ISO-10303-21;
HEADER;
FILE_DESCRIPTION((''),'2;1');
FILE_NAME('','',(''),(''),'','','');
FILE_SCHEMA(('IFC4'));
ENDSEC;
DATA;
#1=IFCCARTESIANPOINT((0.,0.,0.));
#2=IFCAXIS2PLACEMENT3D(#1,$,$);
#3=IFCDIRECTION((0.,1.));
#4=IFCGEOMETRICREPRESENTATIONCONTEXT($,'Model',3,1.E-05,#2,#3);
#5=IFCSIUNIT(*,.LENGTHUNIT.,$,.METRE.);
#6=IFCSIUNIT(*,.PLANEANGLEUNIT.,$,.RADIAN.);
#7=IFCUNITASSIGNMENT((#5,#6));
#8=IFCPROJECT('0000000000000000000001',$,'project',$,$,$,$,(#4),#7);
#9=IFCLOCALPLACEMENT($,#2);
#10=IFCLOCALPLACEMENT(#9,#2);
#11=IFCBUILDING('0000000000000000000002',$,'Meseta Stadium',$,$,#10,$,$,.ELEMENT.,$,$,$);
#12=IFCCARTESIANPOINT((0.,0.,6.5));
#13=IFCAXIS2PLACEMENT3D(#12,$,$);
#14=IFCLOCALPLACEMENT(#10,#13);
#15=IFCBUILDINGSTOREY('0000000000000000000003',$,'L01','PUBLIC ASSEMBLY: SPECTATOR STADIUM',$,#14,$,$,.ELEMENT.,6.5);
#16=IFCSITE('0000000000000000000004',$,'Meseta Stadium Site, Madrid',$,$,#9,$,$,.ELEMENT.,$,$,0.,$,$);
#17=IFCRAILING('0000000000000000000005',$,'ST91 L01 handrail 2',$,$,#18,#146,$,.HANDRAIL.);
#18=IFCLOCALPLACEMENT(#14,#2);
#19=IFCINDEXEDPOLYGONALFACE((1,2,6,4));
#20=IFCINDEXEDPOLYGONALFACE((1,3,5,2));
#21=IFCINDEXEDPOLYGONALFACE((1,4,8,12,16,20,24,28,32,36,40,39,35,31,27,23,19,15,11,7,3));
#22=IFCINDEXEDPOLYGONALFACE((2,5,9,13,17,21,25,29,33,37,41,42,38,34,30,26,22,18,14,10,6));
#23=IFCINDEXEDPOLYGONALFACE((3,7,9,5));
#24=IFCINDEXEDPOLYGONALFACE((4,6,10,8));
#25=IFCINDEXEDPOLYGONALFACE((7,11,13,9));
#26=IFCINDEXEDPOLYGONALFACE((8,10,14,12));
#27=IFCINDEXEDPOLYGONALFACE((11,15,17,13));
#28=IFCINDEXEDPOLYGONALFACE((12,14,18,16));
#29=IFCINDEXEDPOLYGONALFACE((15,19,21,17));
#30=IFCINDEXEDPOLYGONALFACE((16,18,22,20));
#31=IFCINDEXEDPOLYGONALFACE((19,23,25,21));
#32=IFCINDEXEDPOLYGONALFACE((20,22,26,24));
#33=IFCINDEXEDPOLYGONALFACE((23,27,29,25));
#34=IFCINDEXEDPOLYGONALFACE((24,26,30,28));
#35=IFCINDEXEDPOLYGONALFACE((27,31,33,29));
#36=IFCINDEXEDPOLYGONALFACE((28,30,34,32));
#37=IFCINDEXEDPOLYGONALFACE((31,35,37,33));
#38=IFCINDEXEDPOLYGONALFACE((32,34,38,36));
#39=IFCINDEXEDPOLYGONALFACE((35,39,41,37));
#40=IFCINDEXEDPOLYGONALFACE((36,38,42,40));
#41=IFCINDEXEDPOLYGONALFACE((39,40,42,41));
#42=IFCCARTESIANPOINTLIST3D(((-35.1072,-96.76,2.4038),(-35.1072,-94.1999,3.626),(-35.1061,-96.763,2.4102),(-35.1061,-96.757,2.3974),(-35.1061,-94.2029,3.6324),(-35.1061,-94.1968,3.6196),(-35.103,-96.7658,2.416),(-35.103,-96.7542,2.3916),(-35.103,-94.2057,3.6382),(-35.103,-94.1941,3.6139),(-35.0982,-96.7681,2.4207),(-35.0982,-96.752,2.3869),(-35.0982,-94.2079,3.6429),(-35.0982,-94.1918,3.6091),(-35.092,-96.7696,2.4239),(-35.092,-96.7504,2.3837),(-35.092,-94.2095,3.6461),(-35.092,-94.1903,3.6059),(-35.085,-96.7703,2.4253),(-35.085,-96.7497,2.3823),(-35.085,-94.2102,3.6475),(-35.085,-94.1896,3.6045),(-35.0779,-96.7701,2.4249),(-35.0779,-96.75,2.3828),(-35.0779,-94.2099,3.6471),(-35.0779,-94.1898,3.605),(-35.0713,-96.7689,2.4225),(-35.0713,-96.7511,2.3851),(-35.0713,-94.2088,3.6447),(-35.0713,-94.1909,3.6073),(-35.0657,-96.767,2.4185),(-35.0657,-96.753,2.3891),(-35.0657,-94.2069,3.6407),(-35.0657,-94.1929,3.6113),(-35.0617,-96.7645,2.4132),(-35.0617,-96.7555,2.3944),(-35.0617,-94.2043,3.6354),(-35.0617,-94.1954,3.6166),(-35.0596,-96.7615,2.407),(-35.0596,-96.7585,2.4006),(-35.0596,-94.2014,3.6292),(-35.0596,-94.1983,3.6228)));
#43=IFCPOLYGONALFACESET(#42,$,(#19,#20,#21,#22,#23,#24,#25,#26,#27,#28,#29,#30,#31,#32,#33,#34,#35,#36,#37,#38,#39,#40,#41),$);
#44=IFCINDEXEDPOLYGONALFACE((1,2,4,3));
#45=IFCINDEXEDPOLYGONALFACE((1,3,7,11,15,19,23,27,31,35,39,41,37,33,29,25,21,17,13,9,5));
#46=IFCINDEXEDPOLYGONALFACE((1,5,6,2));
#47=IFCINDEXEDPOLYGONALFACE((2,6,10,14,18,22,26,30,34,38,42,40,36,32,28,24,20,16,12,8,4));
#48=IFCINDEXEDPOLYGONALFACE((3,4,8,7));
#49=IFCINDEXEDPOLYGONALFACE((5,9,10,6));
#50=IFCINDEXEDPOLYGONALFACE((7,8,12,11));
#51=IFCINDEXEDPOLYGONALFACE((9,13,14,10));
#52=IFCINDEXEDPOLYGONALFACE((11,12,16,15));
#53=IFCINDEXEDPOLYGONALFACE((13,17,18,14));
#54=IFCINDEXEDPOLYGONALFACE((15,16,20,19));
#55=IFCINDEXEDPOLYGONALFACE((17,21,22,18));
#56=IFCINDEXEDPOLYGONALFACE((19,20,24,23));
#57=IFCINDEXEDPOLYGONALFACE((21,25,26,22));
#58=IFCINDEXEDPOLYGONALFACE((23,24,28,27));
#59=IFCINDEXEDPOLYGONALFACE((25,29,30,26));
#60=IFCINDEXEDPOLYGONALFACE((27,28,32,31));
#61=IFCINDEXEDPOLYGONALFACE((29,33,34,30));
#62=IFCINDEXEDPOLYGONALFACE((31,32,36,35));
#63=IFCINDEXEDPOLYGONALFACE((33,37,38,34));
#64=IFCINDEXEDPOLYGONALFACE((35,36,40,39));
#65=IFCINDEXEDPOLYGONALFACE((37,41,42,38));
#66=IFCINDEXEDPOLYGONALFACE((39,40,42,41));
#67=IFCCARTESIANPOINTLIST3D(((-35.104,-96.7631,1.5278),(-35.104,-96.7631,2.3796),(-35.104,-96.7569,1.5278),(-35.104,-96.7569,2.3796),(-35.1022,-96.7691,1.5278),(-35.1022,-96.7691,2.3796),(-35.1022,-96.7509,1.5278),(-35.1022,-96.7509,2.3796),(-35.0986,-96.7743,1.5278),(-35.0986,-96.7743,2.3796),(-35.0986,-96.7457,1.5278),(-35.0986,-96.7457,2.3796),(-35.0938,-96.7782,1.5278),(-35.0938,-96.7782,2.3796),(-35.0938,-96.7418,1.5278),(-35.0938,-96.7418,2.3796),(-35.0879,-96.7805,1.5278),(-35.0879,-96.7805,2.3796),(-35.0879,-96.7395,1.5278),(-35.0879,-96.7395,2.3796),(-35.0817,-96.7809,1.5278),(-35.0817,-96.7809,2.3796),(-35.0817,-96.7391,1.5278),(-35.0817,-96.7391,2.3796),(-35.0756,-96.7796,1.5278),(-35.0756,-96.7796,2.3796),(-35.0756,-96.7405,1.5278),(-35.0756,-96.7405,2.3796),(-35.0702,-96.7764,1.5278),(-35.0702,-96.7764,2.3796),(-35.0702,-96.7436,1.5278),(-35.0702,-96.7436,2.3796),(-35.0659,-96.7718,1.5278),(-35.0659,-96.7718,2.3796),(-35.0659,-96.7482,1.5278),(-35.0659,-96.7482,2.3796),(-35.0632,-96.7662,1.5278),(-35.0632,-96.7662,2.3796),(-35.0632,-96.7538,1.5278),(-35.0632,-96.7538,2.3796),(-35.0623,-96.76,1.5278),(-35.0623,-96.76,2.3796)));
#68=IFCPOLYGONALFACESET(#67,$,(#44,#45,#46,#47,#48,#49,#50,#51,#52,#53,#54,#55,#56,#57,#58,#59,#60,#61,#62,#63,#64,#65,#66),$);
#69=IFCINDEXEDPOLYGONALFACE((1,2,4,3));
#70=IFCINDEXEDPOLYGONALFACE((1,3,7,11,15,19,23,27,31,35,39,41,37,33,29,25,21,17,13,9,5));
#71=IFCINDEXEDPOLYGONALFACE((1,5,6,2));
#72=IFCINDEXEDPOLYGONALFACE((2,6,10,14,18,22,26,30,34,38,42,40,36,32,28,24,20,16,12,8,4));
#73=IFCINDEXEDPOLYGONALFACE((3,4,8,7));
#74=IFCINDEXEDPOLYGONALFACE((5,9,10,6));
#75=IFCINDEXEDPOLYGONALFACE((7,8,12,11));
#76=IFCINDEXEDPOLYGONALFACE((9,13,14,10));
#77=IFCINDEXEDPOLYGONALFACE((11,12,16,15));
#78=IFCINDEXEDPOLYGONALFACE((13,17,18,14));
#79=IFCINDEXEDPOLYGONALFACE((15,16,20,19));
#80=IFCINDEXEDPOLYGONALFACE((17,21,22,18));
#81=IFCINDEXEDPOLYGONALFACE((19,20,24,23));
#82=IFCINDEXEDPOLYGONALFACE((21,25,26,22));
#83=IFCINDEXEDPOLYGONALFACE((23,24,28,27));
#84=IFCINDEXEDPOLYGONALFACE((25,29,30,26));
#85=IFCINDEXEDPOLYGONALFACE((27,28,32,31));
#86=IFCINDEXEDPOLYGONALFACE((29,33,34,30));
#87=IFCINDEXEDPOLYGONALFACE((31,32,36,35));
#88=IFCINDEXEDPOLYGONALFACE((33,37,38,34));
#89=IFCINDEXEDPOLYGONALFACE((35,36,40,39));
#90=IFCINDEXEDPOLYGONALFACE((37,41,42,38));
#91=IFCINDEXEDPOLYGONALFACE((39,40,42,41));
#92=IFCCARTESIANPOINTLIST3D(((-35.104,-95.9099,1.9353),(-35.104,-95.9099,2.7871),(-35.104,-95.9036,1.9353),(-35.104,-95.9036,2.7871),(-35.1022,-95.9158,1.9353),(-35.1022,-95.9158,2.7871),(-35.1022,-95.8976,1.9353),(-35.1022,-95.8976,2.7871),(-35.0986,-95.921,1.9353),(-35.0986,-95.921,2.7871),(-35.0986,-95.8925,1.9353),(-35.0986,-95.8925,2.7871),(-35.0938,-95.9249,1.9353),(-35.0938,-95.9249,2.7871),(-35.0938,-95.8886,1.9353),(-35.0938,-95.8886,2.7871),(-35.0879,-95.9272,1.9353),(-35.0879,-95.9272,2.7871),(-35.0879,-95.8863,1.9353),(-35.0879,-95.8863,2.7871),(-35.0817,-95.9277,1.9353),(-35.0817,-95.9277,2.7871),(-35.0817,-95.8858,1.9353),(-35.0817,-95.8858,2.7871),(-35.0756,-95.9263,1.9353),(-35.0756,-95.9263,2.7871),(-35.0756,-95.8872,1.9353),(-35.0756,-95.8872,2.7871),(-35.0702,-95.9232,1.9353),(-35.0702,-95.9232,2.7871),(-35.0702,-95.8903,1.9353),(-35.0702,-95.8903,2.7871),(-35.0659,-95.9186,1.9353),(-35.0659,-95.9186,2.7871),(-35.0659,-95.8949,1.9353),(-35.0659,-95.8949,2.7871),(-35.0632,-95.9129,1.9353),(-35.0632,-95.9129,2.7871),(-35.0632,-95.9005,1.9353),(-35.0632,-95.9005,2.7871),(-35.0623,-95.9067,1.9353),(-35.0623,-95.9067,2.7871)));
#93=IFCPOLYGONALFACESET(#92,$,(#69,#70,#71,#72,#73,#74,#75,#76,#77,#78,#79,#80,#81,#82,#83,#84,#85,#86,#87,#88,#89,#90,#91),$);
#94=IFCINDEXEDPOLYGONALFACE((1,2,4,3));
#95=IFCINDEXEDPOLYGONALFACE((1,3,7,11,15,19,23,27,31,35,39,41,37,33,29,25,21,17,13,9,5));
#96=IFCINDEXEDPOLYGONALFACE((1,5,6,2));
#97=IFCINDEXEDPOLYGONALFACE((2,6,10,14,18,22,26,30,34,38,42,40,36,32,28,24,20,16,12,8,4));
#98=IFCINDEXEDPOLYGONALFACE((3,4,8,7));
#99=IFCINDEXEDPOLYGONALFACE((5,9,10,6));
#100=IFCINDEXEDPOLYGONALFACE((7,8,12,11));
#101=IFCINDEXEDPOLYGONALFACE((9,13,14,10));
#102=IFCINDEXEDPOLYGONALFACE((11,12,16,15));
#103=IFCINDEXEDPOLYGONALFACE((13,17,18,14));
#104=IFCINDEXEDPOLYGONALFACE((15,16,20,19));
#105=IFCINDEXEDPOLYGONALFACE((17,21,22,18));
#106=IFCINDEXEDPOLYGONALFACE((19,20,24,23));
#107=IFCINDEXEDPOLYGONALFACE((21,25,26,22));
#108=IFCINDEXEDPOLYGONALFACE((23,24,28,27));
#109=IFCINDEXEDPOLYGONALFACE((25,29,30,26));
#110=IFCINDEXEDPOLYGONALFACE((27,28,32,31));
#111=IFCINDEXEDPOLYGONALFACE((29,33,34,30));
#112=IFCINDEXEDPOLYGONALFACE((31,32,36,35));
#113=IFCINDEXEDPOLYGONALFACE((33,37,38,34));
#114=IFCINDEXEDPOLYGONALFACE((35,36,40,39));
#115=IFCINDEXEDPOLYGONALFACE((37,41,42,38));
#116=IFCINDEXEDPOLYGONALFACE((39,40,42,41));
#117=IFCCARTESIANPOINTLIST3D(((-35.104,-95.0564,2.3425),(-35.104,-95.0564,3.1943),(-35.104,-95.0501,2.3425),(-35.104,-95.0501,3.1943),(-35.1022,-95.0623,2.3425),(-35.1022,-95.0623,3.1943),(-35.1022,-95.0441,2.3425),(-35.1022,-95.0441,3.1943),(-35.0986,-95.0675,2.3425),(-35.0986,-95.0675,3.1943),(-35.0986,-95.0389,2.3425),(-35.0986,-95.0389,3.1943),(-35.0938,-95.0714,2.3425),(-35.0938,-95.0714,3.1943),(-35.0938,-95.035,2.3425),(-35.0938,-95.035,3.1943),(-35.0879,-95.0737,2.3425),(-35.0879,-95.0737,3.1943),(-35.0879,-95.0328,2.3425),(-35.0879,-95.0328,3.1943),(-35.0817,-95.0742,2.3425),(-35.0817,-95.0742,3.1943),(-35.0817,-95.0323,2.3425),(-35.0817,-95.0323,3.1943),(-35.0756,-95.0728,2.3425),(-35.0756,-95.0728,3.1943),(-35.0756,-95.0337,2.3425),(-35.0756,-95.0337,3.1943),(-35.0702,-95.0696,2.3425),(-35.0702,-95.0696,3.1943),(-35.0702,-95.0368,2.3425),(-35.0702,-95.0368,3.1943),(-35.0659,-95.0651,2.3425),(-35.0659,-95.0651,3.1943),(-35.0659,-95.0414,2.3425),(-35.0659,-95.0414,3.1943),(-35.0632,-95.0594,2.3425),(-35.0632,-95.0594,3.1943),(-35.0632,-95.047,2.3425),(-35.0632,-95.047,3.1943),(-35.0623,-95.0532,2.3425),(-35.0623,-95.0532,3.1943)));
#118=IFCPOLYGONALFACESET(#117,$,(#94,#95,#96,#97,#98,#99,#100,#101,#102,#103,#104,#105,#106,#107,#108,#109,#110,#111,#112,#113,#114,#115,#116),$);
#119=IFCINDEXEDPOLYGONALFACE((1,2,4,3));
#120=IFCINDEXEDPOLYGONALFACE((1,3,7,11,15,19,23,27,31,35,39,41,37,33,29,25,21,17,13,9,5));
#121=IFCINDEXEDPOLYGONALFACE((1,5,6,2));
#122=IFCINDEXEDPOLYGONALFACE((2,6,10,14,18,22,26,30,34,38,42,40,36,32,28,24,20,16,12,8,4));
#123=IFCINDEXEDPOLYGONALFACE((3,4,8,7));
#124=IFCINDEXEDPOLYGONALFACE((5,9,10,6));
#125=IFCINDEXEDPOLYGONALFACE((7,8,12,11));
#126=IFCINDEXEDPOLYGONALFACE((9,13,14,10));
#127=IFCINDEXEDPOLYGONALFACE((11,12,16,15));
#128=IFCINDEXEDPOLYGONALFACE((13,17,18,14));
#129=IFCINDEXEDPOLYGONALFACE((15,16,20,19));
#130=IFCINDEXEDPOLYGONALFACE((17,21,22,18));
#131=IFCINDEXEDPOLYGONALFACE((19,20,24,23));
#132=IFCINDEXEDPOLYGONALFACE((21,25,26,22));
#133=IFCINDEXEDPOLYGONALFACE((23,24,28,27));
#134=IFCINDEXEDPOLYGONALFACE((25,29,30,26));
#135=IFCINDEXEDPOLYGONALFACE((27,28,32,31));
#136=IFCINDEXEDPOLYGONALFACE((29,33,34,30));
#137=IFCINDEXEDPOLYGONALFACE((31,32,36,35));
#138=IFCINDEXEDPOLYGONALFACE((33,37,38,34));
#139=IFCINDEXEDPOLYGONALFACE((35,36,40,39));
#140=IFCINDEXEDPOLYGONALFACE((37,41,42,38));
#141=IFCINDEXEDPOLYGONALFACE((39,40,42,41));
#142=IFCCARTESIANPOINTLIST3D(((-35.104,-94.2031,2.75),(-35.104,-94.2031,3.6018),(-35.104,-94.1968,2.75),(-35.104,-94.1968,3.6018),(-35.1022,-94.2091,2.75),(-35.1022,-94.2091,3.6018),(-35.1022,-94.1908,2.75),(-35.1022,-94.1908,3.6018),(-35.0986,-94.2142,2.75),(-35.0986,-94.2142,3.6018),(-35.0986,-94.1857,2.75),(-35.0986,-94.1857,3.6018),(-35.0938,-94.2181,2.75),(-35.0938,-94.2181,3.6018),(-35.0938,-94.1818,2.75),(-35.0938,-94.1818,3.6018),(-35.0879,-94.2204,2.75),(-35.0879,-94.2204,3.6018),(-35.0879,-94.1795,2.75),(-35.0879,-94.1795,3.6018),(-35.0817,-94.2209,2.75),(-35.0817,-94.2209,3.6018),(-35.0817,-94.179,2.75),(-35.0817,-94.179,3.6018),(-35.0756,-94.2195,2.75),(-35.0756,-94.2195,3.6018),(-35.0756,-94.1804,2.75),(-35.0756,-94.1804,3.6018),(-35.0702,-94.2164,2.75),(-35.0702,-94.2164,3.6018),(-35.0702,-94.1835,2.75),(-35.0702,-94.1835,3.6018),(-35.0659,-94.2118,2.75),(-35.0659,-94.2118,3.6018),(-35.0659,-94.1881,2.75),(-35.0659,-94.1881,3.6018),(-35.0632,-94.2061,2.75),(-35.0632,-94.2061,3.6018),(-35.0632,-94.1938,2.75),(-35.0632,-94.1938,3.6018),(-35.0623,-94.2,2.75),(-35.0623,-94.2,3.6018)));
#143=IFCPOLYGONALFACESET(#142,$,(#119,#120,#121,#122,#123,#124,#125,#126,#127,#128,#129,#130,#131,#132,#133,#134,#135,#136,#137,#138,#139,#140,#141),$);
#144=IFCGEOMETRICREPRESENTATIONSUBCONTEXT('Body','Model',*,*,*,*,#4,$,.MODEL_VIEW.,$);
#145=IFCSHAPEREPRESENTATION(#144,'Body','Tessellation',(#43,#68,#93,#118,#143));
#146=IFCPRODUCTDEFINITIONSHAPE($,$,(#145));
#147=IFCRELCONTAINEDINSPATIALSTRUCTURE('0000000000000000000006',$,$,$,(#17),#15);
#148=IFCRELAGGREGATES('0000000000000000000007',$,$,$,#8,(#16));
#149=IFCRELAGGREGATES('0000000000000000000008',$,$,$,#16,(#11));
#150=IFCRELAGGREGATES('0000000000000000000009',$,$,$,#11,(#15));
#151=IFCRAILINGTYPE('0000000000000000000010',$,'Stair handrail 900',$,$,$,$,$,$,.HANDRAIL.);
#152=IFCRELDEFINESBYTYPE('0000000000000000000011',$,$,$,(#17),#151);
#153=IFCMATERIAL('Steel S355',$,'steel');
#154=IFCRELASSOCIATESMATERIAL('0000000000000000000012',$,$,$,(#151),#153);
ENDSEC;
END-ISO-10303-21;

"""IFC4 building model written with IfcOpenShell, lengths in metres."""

from ifc_helpers import new_model, si_unit, direction, frame, origin, origin_2d, place, context, subcontext, project, spatial, circle, extrude, material, type_object, element, save


model = new_model("IFC4")

# Units and contexts
model_context = context("Model", 3, precision=1e-05, world=origin(), true_north=direction((0.0, 1.0)))
body_context = subcontext(model_context, "Body", "Model", "MODEL_VIEW")
ifc_project = project(units=[si_unit("LENGTHUNIT", "METRE"), si_unit("PLANEANGLEUNIT", "RADIAN")], contexts=[model_context])

# Site, building, storey
site_placement = place(None, origin())
site = spatial("IfcSite", under=ifc_project, at=site_placement, Name="Meseta Stadium Site, Madrid", CompositionType="ELEMENT", RefElevation=0.0)
building_placement = place(site_placement, origin())
building = spatial("IfcBuilding", under=site, at=building_placement, Name="Meseta Stadium", CompositionType="ELEMENT")
storey_placement = place(building_placement, frame((0.0, 0.0, 6.5)))
storey = spatial("IfcBuildingStorey", under=building, at=storey_placement, Name="L01", Description="PUBLIC ASSEMBLY: SPECTATOR STADIUM", CompositionType="ELEMENT", Elevation=6.5)

# Railing
ifc_material_1 = material(Name="Steel S355", Category="steel")
railing_type_1 = type_object("IfcRailingType", Name="Stair handrail 900", PredefinedType="HANDRAIL", material=ifc_material_1)
railing_1_placement = place(storey_placement, frame((-35.0833, -96.76, 1.5278)))
element("IfcRailing", 1, at=railing_1_placement, inside=storey, type_object=railing_type_1, Name="ST91 L01 handrail 2", PredefinedType="HANDRAIL", context=body_context, shape_type="SweptSolid", body=[
    extrude(circle(Radius=0.0239, at=origin_2d()), frame((0.0, 0.0, 0.876), z_axis=(0.0, 0.902437, 0.430822), x_axis=(-1.0, 0.0, 0.0)), (0.0, 0.0, 1.0), 2.8369),
    extrude(circle(Radius=0.021, at=origin_2d()), origin(), (0.0, 0.0, 1.0), 0.8518),
    extrude(circle(Radius=0.021, at=origin_2d()), frame((0.0, 0.8533, 0.4075)), (0.0, 0.0, 1.0), 0.8518),
    extrude(circle(Radius=0.021, at=origin_2d()), frame((0.0, 1.7068, 0.8147)), (0.0, 0.0, 1.0), 0.8518),
    extrude(circle(Radius=0.021, at=origin_2d()), frame((0.0, 2.5601, 1.2222)), (0.0, 0.0, 1.0), 0.8518),
])

save(model, "model.ifc")
